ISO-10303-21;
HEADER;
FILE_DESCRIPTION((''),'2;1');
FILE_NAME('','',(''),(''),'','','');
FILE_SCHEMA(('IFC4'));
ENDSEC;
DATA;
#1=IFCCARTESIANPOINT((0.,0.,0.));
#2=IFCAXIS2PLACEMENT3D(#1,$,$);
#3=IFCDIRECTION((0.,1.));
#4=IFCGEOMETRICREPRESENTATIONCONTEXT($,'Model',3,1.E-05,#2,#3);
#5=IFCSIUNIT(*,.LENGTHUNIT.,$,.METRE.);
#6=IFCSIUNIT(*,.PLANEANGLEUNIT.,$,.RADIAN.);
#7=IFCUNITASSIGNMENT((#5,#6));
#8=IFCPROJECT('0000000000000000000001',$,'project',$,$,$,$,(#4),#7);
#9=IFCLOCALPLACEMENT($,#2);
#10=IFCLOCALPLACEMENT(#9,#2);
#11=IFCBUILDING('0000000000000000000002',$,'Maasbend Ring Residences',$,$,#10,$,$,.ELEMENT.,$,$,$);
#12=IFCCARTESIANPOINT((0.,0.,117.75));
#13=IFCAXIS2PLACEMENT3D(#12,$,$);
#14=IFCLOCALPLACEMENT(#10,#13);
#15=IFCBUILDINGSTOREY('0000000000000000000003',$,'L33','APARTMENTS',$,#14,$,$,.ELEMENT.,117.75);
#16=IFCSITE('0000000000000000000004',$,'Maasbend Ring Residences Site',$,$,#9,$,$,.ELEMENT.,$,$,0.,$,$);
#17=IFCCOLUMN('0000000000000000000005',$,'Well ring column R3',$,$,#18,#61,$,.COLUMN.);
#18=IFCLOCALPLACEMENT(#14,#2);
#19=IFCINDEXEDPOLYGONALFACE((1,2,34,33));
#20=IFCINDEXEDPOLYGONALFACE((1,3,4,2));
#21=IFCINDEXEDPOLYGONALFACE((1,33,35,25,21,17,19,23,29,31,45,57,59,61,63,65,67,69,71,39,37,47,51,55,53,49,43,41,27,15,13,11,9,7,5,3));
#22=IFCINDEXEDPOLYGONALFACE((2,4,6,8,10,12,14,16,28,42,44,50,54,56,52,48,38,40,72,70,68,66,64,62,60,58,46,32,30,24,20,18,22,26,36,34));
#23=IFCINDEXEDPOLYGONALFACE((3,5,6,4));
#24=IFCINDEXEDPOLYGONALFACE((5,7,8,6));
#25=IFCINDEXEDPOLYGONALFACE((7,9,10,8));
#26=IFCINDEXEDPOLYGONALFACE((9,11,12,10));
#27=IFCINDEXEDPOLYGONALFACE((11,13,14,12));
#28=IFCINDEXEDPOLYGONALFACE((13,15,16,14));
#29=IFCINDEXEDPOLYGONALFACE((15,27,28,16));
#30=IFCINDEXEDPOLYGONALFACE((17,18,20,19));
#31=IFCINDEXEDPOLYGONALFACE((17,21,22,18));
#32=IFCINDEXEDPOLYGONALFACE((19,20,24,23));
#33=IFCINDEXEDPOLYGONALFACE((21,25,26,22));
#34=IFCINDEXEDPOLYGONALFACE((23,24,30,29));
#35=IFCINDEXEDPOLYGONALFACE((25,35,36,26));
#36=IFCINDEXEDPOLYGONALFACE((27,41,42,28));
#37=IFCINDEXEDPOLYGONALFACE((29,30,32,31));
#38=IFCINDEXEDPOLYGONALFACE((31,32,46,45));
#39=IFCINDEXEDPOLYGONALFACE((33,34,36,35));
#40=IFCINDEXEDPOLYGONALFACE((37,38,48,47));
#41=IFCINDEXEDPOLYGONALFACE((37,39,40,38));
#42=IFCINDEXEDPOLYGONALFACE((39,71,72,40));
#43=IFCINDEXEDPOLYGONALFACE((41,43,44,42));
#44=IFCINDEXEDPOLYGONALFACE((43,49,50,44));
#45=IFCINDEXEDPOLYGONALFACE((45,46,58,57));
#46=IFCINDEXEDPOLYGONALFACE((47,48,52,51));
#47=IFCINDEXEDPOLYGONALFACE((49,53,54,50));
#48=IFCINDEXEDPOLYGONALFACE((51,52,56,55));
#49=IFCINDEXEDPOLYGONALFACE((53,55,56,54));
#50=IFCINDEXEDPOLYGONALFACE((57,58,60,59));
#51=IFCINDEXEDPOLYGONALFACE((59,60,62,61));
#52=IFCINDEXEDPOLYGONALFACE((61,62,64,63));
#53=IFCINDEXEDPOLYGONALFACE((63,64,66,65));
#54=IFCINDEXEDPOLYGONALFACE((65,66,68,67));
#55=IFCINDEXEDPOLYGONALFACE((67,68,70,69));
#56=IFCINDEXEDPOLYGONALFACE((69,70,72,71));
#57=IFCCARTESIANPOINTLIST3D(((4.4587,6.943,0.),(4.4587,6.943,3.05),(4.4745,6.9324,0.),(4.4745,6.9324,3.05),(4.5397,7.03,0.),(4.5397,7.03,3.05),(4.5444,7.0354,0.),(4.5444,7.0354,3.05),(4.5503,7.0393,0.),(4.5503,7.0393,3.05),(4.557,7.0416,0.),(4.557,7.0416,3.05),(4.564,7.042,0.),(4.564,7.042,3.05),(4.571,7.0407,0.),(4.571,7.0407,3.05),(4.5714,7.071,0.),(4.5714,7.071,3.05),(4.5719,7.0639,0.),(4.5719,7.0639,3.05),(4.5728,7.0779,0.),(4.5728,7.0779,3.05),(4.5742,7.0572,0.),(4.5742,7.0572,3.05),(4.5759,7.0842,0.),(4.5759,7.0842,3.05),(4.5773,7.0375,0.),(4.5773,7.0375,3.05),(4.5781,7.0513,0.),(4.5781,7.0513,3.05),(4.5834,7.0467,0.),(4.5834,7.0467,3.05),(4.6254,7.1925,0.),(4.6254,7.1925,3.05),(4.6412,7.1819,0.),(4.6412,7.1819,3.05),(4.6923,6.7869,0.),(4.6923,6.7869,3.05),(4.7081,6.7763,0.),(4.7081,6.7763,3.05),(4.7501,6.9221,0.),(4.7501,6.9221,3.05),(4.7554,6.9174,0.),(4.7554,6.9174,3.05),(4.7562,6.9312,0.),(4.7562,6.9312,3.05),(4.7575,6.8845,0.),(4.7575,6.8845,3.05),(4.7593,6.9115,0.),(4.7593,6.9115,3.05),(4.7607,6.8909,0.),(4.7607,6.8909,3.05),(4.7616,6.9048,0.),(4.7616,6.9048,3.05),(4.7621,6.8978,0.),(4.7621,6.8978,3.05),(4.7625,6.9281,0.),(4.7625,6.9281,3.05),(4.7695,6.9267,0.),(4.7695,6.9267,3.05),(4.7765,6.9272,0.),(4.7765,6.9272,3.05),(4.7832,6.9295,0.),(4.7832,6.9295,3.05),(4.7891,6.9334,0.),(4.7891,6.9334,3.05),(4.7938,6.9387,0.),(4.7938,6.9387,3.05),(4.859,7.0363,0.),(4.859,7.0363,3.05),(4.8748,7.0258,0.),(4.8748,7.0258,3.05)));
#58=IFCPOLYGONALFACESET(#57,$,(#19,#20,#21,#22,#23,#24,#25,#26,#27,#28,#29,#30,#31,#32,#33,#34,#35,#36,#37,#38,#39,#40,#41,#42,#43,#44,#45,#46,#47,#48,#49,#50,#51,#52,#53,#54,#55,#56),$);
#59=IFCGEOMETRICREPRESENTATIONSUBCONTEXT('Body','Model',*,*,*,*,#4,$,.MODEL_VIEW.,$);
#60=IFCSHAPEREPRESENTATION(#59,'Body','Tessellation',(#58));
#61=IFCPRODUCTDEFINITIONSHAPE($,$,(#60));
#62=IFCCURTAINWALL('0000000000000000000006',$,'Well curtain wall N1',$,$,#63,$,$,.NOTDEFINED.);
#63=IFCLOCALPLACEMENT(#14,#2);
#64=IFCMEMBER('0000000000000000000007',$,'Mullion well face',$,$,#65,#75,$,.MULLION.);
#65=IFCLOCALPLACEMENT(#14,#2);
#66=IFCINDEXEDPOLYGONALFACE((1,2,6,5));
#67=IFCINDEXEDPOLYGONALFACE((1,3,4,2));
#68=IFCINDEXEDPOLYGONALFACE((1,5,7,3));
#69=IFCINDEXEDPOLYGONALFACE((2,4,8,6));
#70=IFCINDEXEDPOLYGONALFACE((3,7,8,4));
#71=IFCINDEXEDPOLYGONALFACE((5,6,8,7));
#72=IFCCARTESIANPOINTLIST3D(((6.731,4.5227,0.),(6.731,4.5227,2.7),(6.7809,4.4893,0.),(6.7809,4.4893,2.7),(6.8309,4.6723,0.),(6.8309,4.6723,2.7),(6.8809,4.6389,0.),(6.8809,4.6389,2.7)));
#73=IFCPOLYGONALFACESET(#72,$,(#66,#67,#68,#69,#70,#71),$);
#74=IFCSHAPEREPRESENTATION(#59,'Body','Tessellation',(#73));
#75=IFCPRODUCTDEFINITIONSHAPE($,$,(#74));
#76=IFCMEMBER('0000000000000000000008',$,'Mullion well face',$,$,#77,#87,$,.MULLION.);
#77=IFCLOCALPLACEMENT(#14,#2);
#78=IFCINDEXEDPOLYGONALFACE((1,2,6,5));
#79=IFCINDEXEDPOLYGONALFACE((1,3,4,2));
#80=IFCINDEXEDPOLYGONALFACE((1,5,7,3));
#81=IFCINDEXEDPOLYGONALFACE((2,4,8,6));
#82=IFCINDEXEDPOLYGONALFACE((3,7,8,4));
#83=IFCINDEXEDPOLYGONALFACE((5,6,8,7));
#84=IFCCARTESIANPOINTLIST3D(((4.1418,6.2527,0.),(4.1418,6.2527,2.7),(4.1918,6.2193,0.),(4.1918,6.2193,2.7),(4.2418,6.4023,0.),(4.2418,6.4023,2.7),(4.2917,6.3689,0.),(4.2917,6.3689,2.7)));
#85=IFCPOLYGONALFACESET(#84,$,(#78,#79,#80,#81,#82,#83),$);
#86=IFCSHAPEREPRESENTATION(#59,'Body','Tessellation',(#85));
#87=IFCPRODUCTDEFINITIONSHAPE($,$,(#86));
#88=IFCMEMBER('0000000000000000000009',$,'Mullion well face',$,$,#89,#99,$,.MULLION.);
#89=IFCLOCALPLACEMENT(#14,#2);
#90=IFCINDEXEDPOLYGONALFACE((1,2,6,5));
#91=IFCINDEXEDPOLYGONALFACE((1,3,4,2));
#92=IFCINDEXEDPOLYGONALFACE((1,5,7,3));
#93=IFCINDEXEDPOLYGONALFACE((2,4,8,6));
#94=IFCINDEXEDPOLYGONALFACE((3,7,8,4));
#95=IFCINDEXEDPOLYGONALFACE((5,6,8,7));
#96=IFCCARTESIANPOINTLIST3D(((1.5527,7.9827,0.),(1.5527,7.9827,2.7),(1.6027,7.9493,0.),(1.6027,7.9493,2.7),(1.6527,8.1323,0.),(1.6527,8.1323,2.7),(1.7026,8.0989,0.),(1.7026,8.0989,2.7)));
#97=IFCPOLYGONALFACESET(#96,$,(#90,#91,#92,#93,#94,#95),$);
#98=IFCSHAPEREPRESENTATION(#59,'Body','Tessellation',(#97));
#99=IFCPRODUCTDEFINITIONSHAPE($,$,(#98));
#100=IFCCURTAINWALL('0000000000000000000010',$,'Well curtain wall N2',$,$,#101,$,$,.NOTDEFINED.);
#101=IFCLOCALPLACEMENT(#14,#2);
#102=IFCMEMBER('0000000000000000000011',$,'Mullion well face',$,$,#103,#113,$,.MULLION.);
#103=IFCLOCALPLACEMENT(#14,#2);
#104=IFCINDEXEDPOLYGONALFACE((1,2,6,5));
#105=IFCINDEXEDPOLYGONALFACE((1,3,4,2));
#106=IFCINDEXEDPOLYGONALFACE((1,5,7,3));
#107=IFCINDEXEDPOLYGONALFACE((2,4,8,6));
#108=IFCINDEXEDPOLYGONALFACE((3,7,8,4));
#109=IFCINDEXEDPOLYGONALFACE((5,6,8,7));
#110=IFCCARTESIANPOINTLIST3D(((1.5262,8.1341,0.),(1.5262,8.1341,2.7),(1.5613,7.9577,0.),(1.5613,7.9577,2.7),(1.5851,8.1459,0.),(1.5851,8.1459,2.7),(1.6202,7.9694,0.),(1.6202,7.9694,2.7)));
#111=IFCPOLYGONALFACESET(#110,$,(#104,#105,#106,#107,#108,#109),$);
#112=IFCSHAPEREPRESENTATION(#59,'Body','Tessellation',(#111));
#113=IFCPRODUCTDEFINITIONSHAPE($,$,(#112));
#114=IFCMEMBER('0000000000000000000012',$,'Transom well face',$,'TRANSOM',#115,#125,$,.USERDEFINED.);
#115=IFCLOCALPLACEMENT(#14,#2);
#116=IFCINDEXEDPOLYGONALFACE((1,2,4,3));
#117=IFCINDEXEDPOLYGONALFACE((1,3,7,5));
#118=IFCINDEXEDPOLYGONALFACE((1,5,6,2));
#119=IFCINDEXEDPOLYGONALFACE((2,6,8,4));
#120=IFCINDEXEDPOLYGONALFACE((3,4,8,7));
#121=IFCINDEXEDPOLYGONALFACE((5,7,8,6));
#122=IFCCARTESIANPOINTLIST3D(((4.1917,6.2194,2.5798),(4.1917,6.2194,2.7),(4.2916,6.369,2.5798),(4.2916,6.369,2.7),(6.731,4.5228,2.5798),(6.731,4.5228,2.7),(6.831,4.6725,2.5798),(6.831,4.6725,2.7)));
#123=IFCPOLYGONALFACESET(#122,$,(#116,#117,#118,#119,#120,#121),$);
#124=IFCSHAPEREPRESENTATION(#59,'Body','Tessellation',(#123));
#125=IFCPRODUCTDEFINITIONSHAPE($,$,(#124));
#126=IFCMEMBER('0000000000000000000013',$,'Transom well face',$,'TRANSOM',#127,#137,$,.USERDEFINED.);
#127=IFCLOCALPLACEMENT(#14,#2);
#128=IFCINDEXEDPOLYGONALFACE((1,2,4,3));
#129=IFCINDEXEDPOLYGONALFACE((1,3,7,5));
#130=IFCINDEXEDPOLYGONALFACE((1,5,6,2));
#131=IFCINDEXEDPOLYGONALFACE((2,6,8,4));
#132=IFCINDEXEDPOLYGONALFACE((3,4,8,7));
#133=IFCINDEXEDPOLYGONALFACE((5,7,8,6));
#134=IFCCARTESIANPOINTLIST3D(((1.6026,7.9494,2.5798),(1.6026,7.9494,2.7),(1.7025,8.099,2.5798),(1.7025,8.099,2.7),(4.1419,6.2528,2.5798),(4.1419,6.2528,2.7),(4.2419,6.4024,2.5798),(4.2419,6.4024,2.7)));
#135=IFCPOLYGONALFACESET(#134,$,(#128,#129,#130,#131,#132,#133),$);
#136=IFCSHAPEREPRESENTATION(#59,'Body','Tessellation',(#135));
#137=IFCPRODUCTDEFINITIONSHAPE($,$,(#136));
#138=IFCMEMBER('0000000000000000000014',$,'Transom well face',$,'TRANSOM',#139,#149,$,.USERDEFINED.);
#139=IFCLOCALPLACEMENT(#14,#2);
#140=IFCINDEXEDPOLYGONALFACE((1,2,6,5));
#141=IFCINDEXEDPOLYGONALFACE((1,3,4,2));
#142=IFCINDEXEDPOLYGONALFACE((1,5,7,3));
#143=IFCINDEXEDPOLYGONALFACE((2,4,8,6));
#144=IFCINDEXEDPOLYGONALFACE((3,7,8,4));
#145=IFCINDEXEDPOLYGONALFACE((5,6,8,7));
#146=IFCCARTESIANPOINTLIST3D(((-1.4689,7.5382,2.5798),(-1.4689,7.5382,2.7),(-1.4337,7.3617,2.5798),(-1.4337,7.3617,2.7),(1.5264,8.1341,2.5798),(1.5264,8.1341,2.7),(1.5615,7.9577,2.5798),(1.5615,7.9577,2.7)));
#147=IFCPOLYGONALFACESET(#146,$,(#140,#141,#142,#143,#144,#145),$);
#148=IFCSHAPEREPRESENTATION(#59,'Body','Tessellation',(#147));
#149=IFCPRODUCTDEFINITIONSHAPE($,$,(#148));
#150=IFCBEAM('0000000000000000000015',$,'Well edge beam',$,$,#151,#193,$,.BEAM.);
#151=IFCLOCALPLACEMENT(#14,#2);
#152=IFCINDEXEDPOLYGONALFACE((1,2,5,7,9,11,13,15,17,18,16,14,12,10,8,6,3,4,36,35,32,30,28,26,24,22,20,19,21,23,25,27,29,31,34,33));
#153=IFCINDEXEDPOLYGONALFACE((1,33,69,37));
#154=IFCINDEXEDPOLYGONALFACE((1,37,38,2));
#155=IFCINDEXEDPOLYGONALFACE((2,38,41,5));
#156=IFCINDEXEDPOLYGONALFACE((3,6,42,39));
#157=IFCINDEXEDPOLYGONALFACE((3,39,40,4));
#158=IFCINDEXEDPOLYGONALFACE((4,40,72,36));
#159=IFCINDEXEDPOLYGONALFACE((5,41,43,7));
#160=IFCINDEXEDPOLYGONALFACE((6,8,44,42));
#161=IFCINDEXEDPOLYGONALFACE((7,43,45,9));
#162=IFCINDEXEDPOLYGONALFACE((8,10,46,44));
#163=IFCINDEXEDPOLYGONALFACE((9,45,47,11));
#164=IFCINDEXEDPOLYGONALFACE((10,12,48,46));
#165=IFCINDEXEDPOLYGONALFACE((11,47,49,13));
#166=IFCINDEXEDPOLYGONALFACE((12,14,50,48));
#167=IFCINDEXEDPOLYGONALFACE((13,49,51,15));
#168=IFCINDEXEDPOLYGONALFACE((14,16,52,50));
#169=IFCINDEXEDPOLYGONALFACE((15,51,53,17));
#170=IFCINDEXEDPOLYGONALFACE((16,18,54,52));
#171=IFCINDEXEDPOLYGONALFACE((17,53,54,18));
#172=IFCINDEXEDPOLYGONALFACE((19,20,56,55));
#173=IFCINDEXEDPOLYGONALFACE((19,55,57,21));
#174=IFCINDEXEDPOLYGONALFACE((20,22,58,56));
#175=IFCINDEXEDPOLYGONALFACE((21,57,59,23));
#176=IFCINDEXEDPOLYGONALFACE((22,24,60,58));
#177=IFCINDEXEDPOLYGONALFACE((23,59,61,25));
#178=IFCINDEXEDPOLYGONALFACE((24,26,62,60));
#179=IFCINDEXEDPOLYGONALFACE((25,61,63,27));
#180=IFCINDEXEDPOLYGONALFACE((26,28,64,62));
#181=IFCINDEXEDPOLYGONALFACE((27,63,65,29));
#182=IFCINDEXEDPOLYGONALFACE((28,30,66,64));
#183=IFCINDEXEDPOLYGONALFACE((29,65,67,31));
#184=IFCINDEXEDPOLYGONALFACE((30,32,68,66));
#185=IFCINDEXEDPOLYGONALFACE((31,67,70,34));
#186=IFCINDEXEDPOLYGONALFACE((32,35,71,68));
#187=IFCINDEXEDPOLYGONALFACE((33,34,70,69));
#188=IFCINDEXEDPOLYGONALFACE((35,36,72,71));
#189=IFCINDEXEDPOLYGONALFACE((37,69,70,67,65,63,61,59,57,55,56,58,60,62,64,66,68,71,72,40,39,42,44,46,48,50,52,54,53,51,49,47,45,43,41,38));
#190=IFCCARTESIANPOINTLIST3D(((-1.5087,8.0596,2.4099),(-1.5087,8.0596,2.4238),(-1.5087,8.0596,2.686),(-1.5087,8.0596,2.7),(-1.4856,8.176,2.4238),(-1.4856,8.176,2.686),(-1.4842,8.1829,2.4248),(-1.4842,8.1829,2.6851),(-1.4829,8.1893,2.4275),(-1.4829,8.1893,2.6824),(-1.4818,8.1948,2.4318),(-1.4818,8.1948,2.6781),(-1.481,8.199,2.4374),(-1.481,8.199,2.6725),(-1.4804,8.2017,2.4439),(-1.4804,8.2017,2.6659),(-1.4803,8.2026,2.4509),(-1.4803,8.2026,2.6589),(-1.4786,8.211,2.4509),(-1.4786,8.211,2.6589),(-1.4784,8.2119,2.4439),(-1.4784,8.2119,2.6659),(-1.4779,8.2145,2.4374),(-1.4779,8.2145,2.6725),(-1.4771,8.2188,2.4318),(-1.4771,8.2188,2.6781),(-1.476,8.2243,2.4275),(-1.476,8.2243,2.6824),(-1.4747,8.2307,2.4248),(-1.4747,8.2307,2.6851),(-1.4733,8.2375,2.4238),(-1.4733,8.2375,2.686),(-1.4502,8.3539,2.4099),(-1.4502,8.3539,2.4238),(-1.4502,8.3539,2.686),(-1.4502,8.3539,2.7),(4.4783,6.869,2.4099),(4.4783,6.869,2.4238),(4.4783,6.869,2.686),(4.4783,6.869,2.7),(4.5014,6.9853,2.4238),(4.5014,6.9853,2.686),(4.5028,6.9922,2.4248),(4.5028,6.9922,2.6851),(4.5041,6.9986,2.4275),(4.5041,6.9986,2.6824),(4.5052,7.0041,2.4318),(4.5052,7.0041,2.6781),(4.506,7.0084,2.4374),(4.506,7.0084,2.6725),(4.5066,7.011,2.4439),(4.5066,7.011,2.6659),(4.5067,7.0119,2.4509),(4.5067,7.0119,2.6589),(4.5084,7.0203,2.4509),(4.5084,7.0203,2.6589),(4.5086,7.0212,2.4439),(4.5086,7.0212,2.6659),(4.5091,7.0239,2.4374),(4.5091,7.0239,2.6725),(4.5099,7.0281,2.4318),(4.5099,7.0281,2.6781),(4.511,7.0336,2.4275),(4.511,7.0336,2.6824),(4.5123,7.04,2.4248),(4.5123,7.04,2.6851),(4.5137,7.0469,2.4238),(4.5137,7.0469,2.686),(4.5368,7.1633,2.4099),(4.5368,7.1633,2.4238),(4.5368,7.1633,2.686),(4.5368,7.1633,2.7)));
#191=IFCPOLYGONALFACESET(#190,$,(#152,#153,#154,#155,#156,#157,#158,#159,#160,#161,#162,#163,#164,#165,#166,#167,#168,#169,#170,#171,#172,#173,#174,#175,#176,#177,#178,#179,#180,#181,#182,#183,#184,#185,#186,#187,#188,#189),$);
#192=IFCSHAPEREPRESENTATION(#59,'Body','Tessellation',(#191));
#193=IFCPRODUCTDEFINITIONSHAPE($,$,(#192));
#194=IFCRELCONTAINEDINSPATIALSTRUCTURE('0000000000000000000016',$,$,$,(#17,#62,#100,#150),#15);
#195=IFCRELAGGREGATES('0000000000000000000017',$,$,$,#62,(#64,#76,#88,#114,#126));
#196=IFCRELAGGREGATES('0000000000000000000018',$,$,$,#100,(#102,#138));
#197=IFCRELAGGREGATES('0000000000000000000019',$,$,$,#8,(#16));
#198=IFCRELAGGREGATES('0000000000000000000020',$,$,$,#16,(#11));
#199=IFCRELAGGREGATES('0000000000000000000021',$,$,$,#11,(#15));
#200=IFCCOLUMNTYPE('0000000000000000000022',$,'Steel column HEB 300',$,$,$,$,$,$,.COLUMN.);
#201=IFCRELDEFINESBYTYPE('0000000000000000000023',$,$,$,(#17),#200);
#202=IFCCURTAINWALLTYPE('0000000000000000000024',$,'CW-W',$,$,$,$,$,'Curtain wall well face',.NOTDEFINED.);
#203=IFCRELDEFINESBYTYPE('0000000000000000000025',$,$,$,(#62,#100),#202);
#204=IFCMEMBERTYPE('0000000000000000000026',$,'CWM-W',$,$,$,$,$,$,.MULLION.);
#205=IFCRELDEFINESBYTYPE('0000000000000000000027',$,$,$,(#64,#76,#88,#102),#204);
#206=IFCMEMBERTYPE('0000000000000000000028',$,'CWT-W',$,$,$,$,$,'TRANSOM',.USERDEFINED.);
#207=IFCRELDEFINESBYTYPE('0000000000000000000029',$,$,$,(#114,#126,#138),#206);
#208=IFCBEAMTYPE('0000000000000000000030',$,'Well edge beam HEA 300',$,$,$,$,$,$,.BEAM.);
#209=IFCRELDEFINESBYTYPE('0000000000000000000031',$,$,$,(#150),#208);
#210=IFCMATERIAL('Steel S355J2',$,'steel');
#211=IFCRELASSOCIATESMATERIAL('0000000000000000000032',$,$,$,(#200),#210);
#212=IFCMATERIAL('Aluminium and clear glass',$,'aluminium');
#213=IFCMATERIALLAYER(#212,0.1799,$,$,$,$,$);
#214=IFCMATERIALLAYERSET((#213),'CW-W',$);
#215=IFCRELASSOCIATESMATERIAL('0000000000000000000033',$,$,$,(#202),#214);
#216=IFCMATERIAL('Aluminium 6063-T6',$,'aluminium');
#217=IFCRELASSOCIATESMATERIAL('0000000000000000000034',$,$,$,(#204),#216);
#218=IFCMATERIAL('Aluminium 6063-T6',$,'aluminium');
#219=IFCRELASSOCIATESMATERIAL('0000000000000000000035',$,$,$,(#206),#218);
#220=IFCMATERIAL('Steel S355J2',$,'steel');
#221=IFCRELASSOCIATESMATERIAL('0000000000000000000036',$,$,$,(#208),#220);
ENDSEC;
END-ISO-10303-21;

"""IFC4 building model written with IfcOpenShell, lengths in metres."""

from ifc_helpers import new_model, si_unit, direction, frame, origin, origin_2d, place, context, subcontext, project, spatial, rectangle, i_section, extrude, material, layer, layer_set, material_profile, profile_set, type_object, element, aggregate, save


model = new_model("IFC4")

# Units and contexts
model_context = context("Model", 3, precision=1e-05, world=origin(), true_north=direction((0.0, 1.0)))
body_context = subcontext(model_context, "Body", "Model", "MODEL_VIEW")
ifc_project = project(units=[si_unit("LENGTHUNIT", "METRE"), si_unit("PLANEANGLEUNIT", "RADIAN")], contexts=[model_context])

# Site, building, storey
site_placement = place(None, origin())
site = spatial("IfcSite", under=ifc_project, at=site_placement, Name="Maasbend Ring Residences Site", CompositionType="ELEMENT", RefElevation=0.0)
building_placement = place(site_placement, origin())
building = spatial("IfcBuilding", under=site, at=building_placement, Name="Maasbend Ring Residences", CompositionType="ELEMENT")
storey_placement = place(building_placement, frame((0.0, 0.0, 117.75)))
storey = spatial("IfcBuildingStorey", under=building, at=storey_placement, Name="L33", Description="APARTMENTS", CompositionType="ELEMENT", Elevation=117.75)

# Column
ifc_material_1 = material(Name="Steel S355J2", Category="steel")
ifc_material_profile_1 = material_profile(ifc_material_1, i_section(OverallWidth=0.3, OverallDepth=0.3, WebThickness=0.011, FlangeThickness=0.019, FilletRadius=0.0271, at=origin_2d()), Name="HEB 300")
ifc_profile_set_1 = profile_set([ifc_material_profile_1], Name="Steel S355J2")
column_type = type_object("IfcColumnType", Name="Steel column HEB 300", PredefinedType="COLUMN", material=ifc_profile_set_1)
column_placement = place(storey_placement, frame((4.6667, 6.9844, 0.0), z_axis=(0.0, 0.0, 1.0), x_axis=(0.55557, 0.83147, 0.0)))
element("IfcColumn", 1, at=column_placement, inside=storey, type_object=column_type, Name="Well ring column R3", PredefinedType="COLUMN", context=body_context, shape_type="SweptSolid", body=[
    extrude(i_section(OverallWidth=0.3, OverallDepth=0.3, WebThickness=0.011, FlangeThickness=0.019, FilletRadius=0.0271, at=origin_2d()), origin(), (0.0, 0.0, 1.0), 3.05),
])

# Curtain wall, members
ifc_material_2 = material(Name="Aluminium and clear glass", Category="aluminium")
ifc_layer_1 = layer(ifc_material_2, 0.1799)
ifc_layer_set_1 = layer_set([ifc_layer_1], Name="CW-W")
curtain_wall_type = type_object("IfcCurtainWallType", Name="CW-W", ElementType="Curtain wall well face", PredefinedType="NOTDEFINED", material=ifc_layer_set_1)
curtain_wall_1_placement = place(storey_placement, origin())
curtain_wall_1 = element("IfcCurtainWall", 2, at=curtain_wall_1_placement, inside=storey, type_object=curtain_wall_type, Name="Well curtain wall N1", PredefinedType="NOTDEFINED")
ifc_material_3 = material(Name="Aluminium 6063-T6", Category="aluminium")
ifc_material_profile_2 = material_profile(ifc_material_3, rectangle(XDim=0.1799, YDim=0.0601, at=origin_2d()), Name="AL 180x60")
ifc_profile_set_2 = profile_set([ifc_material_profile_2], Name="Aluminium 6063-T6")
member_type_1 = type_object("IfcMemberType", Name="CWM-W", PredefinedType="MULLION", material=ifc_profile_set_2)
member_1_placement = place(storey_placement, frame((6.8059, 4.5808, 0.0), z_axis=(0.0, 0.0, 1.0), x_axis=(-0.55557, -0.83147, 0.0)))
member_1 = element("IfcMember", 3, at=member_1_placement, type_object=member_type_1, Name="Mullion well face", PredefinedType="MULLION", context=body_context, shape_type="SweptSolid", body=[
    extrude(rectangle(XDim=0.1799, YDim=0.0601, at=origin_2d()), origin(), (0.0, 0.0, 1.0), 2.7),
])
member_2_placement = place(storey_placement, frame((4.2168, 6.3108, 0.0), z_axis=(0.0, 0.0, 1.0), x_axis=(-0.55557, -0.83147, 0.0)))
member_2 = element("IfcMember", 4, at=member_2_placement, type_object=member_type_1, Name="Mullion well face", PredefinedType="MULLION", context=body_context, shape_type="SweptSolid", body=[
    extrude(rectangle(XDim=0.1799, YDim=0.0601, at=origin_2d()), origin(), (0.0, 0.0, 1.0), 2.7),
])
member_3_placement = place(storey_placement, frame((1.6277, 8.0408, 0.0), z_axis=(0.0, 0.0, 1.0), x_axis=(-0.55557, -0.83147, 0.0)))
member_3 = element("IfcMember", 5, at=member_3_placement, type_object=member_type_1, Name="Mullion well face", PredefinedType="MULLION", context=body_context, shape_type="SweptSolid", body=[
    extrude(rectangle(XDim=0.1799, YDim=0.0601, at=origin_2d()), origin(), (0.0, 0.0, 1.0), 2.7),
])

# Curtain wall, member
curtain_wall_2_placement = place(storey_placement, origin())
curtain_wall_2 = element("IfcCurtainWall", 6, at=curtain_wall_2_placement, inside=storey, type_object=curtain_wall_type, Name="Well curtain wall N2", PredefinedType="NOTDEFINED")
member_4_placement = place(storey_placement, frame((1.5732, 8.0518, 0.0), z_axis=(0.0, 0.0, 1.0), x_axis=(0.19509, -0.980785, 0.0)))
member_4 = element("IfcMember", 7, at=member_4_placement, type_object=member_type_1, Name="Mullion well face", PredefinedType="MULLION", context=body_context, shape_type="SweptSolid", body=[
    extrude(rectangle(XDim=0.1799, YDim=0.0601, at=origin_2d()), origin(), (0.0, 0.0, 1.0), 2.7),
])

# Members
ifc_material_4 = material(Name="Aluminium 6063-T6", Category="aluminium")
ifc_material_profile_3 = material_profile(ifc_material_4, rectangle(XDim=0.1799, YDim=0.1201, at=origin_2d()), Name="AL 180x120")
ifc_profile_set_3 = profile_set([ifc_material_profile_3], Name="Aluminium 6063-T6")
member_type_2 = type_object("IfcMemberType", Name="CWT-W", ElementType="TRANSOM", PredefinedType="USERDEFINED", material=ifc_profile_set_3)
member_5_placement = place(storey_placement, frame((6.781, 4.5977, 2.6399), z_axis=(-0.831496, 0.55553, 0.0), x_axis=(-0.55553, -0.831496, 0.0)))
member_5 = element("IfcMember", 8, at=member_5_placement, type_object=member_type_2, Name="Transom well face", ObjectType="TRANSOM", PredefinedType="USERDEFINED", context=body_context, shape_type="SweptSolid", body=[
    extrude(rectangle(XDim=0.1799, YDim=0.1201, at=origin_2d()), origin(), (0.0, 0.0, 1.0), 3.054),
])
member_6_placement = place(storey_placement, frame((4.1919, 6.3276, 2.6399), z_axis=(-0.831496, 0.55553, 0.0), x_axis=(-0.55553, -0.831496, 0.0)))
member_6 = element("IfcMember", 9, at=member_6_placement, type_object=member_type_2, Name="Transom well face", ObjectType="TRANSOM", PredefinedType="USERDEFINED", context=body_context, shape_type="SweptSolid", body=[
    extrude(rectangle(XDim=0.1799, YDim=0.1201, at=origin_2d()), origin(), (0.0, 0.0, 1.0), 3.054),
])
member_7_placement = place(storey_placement, frame((1.5439, 8.0459, 2.6399), z_axis=(-0.980777, -0.195132, 0.0), x_axis=(0.195132, -0.980777, 0.0)))
member_7 = element("IfcMember", 10, at=member_7_placement, type_object=member_type_2, Name="Transom well face", ObjectType="TRANSOM", PredefinedType="USERDEFINED", context=body_context, shape_type="SweptSolid", body=[
    extrude(rectangle(XDim=0.1799, YDim=0.1201, at=origin_2d()), origin(), (0.0, 0.0, 1.0), 3.054),
])

# Beam
ifc_material_5 = material(Name="Steel S355J2", Category="steel")
ifc_material_profile_4 = material_profile(ifc_material_5, i_section(OverallWidth=0.3, OverallDepth=0.29, WebThickness=0.0085, FlangeThickness=0.0139, FilletRadius=0.0271, at=origin_2d()), Name="HEA 300")
ifc_profile_set_4 = profile_set([ifc_material_profile_4], Name="Steel S355J2")
beam_type = type_object("IfcBeamType", Name="Well edge beam HEA 300", PredefinedType="BEAM", material=ifc_profile_set_4)
beam_placement = place(storey_placement, frame((4.5076, 7.0161, 2.5549), z_axis=(-0.980792, 0.195055, 0.0), x_axis=(-0.195055, -0.980792, 0.0)))
element("IfcBeam", 11, at=beam_placement, inside=storey, type_object=beam_type, Name="Well edge beam", PredefinedType="BEAM", context=body_context, shape_type="SweptSolid", body=[
    extrude(i_section(OverallWidth=0.3, OverallDepth=0.29, WebThickness=0.0085, FlangeThickness=0.0139, FilletRadius=0.0271, at=origin_2d()), origin(), (0.0, 0.0, 1.0), 6.1042),
])

aggregate(curtain_wall_1, [member_1, member_2, member_3, member_5, member_6])
aggregate(curtain_wall_2, [member_4, member_7])

save(model, "model.ifc")
